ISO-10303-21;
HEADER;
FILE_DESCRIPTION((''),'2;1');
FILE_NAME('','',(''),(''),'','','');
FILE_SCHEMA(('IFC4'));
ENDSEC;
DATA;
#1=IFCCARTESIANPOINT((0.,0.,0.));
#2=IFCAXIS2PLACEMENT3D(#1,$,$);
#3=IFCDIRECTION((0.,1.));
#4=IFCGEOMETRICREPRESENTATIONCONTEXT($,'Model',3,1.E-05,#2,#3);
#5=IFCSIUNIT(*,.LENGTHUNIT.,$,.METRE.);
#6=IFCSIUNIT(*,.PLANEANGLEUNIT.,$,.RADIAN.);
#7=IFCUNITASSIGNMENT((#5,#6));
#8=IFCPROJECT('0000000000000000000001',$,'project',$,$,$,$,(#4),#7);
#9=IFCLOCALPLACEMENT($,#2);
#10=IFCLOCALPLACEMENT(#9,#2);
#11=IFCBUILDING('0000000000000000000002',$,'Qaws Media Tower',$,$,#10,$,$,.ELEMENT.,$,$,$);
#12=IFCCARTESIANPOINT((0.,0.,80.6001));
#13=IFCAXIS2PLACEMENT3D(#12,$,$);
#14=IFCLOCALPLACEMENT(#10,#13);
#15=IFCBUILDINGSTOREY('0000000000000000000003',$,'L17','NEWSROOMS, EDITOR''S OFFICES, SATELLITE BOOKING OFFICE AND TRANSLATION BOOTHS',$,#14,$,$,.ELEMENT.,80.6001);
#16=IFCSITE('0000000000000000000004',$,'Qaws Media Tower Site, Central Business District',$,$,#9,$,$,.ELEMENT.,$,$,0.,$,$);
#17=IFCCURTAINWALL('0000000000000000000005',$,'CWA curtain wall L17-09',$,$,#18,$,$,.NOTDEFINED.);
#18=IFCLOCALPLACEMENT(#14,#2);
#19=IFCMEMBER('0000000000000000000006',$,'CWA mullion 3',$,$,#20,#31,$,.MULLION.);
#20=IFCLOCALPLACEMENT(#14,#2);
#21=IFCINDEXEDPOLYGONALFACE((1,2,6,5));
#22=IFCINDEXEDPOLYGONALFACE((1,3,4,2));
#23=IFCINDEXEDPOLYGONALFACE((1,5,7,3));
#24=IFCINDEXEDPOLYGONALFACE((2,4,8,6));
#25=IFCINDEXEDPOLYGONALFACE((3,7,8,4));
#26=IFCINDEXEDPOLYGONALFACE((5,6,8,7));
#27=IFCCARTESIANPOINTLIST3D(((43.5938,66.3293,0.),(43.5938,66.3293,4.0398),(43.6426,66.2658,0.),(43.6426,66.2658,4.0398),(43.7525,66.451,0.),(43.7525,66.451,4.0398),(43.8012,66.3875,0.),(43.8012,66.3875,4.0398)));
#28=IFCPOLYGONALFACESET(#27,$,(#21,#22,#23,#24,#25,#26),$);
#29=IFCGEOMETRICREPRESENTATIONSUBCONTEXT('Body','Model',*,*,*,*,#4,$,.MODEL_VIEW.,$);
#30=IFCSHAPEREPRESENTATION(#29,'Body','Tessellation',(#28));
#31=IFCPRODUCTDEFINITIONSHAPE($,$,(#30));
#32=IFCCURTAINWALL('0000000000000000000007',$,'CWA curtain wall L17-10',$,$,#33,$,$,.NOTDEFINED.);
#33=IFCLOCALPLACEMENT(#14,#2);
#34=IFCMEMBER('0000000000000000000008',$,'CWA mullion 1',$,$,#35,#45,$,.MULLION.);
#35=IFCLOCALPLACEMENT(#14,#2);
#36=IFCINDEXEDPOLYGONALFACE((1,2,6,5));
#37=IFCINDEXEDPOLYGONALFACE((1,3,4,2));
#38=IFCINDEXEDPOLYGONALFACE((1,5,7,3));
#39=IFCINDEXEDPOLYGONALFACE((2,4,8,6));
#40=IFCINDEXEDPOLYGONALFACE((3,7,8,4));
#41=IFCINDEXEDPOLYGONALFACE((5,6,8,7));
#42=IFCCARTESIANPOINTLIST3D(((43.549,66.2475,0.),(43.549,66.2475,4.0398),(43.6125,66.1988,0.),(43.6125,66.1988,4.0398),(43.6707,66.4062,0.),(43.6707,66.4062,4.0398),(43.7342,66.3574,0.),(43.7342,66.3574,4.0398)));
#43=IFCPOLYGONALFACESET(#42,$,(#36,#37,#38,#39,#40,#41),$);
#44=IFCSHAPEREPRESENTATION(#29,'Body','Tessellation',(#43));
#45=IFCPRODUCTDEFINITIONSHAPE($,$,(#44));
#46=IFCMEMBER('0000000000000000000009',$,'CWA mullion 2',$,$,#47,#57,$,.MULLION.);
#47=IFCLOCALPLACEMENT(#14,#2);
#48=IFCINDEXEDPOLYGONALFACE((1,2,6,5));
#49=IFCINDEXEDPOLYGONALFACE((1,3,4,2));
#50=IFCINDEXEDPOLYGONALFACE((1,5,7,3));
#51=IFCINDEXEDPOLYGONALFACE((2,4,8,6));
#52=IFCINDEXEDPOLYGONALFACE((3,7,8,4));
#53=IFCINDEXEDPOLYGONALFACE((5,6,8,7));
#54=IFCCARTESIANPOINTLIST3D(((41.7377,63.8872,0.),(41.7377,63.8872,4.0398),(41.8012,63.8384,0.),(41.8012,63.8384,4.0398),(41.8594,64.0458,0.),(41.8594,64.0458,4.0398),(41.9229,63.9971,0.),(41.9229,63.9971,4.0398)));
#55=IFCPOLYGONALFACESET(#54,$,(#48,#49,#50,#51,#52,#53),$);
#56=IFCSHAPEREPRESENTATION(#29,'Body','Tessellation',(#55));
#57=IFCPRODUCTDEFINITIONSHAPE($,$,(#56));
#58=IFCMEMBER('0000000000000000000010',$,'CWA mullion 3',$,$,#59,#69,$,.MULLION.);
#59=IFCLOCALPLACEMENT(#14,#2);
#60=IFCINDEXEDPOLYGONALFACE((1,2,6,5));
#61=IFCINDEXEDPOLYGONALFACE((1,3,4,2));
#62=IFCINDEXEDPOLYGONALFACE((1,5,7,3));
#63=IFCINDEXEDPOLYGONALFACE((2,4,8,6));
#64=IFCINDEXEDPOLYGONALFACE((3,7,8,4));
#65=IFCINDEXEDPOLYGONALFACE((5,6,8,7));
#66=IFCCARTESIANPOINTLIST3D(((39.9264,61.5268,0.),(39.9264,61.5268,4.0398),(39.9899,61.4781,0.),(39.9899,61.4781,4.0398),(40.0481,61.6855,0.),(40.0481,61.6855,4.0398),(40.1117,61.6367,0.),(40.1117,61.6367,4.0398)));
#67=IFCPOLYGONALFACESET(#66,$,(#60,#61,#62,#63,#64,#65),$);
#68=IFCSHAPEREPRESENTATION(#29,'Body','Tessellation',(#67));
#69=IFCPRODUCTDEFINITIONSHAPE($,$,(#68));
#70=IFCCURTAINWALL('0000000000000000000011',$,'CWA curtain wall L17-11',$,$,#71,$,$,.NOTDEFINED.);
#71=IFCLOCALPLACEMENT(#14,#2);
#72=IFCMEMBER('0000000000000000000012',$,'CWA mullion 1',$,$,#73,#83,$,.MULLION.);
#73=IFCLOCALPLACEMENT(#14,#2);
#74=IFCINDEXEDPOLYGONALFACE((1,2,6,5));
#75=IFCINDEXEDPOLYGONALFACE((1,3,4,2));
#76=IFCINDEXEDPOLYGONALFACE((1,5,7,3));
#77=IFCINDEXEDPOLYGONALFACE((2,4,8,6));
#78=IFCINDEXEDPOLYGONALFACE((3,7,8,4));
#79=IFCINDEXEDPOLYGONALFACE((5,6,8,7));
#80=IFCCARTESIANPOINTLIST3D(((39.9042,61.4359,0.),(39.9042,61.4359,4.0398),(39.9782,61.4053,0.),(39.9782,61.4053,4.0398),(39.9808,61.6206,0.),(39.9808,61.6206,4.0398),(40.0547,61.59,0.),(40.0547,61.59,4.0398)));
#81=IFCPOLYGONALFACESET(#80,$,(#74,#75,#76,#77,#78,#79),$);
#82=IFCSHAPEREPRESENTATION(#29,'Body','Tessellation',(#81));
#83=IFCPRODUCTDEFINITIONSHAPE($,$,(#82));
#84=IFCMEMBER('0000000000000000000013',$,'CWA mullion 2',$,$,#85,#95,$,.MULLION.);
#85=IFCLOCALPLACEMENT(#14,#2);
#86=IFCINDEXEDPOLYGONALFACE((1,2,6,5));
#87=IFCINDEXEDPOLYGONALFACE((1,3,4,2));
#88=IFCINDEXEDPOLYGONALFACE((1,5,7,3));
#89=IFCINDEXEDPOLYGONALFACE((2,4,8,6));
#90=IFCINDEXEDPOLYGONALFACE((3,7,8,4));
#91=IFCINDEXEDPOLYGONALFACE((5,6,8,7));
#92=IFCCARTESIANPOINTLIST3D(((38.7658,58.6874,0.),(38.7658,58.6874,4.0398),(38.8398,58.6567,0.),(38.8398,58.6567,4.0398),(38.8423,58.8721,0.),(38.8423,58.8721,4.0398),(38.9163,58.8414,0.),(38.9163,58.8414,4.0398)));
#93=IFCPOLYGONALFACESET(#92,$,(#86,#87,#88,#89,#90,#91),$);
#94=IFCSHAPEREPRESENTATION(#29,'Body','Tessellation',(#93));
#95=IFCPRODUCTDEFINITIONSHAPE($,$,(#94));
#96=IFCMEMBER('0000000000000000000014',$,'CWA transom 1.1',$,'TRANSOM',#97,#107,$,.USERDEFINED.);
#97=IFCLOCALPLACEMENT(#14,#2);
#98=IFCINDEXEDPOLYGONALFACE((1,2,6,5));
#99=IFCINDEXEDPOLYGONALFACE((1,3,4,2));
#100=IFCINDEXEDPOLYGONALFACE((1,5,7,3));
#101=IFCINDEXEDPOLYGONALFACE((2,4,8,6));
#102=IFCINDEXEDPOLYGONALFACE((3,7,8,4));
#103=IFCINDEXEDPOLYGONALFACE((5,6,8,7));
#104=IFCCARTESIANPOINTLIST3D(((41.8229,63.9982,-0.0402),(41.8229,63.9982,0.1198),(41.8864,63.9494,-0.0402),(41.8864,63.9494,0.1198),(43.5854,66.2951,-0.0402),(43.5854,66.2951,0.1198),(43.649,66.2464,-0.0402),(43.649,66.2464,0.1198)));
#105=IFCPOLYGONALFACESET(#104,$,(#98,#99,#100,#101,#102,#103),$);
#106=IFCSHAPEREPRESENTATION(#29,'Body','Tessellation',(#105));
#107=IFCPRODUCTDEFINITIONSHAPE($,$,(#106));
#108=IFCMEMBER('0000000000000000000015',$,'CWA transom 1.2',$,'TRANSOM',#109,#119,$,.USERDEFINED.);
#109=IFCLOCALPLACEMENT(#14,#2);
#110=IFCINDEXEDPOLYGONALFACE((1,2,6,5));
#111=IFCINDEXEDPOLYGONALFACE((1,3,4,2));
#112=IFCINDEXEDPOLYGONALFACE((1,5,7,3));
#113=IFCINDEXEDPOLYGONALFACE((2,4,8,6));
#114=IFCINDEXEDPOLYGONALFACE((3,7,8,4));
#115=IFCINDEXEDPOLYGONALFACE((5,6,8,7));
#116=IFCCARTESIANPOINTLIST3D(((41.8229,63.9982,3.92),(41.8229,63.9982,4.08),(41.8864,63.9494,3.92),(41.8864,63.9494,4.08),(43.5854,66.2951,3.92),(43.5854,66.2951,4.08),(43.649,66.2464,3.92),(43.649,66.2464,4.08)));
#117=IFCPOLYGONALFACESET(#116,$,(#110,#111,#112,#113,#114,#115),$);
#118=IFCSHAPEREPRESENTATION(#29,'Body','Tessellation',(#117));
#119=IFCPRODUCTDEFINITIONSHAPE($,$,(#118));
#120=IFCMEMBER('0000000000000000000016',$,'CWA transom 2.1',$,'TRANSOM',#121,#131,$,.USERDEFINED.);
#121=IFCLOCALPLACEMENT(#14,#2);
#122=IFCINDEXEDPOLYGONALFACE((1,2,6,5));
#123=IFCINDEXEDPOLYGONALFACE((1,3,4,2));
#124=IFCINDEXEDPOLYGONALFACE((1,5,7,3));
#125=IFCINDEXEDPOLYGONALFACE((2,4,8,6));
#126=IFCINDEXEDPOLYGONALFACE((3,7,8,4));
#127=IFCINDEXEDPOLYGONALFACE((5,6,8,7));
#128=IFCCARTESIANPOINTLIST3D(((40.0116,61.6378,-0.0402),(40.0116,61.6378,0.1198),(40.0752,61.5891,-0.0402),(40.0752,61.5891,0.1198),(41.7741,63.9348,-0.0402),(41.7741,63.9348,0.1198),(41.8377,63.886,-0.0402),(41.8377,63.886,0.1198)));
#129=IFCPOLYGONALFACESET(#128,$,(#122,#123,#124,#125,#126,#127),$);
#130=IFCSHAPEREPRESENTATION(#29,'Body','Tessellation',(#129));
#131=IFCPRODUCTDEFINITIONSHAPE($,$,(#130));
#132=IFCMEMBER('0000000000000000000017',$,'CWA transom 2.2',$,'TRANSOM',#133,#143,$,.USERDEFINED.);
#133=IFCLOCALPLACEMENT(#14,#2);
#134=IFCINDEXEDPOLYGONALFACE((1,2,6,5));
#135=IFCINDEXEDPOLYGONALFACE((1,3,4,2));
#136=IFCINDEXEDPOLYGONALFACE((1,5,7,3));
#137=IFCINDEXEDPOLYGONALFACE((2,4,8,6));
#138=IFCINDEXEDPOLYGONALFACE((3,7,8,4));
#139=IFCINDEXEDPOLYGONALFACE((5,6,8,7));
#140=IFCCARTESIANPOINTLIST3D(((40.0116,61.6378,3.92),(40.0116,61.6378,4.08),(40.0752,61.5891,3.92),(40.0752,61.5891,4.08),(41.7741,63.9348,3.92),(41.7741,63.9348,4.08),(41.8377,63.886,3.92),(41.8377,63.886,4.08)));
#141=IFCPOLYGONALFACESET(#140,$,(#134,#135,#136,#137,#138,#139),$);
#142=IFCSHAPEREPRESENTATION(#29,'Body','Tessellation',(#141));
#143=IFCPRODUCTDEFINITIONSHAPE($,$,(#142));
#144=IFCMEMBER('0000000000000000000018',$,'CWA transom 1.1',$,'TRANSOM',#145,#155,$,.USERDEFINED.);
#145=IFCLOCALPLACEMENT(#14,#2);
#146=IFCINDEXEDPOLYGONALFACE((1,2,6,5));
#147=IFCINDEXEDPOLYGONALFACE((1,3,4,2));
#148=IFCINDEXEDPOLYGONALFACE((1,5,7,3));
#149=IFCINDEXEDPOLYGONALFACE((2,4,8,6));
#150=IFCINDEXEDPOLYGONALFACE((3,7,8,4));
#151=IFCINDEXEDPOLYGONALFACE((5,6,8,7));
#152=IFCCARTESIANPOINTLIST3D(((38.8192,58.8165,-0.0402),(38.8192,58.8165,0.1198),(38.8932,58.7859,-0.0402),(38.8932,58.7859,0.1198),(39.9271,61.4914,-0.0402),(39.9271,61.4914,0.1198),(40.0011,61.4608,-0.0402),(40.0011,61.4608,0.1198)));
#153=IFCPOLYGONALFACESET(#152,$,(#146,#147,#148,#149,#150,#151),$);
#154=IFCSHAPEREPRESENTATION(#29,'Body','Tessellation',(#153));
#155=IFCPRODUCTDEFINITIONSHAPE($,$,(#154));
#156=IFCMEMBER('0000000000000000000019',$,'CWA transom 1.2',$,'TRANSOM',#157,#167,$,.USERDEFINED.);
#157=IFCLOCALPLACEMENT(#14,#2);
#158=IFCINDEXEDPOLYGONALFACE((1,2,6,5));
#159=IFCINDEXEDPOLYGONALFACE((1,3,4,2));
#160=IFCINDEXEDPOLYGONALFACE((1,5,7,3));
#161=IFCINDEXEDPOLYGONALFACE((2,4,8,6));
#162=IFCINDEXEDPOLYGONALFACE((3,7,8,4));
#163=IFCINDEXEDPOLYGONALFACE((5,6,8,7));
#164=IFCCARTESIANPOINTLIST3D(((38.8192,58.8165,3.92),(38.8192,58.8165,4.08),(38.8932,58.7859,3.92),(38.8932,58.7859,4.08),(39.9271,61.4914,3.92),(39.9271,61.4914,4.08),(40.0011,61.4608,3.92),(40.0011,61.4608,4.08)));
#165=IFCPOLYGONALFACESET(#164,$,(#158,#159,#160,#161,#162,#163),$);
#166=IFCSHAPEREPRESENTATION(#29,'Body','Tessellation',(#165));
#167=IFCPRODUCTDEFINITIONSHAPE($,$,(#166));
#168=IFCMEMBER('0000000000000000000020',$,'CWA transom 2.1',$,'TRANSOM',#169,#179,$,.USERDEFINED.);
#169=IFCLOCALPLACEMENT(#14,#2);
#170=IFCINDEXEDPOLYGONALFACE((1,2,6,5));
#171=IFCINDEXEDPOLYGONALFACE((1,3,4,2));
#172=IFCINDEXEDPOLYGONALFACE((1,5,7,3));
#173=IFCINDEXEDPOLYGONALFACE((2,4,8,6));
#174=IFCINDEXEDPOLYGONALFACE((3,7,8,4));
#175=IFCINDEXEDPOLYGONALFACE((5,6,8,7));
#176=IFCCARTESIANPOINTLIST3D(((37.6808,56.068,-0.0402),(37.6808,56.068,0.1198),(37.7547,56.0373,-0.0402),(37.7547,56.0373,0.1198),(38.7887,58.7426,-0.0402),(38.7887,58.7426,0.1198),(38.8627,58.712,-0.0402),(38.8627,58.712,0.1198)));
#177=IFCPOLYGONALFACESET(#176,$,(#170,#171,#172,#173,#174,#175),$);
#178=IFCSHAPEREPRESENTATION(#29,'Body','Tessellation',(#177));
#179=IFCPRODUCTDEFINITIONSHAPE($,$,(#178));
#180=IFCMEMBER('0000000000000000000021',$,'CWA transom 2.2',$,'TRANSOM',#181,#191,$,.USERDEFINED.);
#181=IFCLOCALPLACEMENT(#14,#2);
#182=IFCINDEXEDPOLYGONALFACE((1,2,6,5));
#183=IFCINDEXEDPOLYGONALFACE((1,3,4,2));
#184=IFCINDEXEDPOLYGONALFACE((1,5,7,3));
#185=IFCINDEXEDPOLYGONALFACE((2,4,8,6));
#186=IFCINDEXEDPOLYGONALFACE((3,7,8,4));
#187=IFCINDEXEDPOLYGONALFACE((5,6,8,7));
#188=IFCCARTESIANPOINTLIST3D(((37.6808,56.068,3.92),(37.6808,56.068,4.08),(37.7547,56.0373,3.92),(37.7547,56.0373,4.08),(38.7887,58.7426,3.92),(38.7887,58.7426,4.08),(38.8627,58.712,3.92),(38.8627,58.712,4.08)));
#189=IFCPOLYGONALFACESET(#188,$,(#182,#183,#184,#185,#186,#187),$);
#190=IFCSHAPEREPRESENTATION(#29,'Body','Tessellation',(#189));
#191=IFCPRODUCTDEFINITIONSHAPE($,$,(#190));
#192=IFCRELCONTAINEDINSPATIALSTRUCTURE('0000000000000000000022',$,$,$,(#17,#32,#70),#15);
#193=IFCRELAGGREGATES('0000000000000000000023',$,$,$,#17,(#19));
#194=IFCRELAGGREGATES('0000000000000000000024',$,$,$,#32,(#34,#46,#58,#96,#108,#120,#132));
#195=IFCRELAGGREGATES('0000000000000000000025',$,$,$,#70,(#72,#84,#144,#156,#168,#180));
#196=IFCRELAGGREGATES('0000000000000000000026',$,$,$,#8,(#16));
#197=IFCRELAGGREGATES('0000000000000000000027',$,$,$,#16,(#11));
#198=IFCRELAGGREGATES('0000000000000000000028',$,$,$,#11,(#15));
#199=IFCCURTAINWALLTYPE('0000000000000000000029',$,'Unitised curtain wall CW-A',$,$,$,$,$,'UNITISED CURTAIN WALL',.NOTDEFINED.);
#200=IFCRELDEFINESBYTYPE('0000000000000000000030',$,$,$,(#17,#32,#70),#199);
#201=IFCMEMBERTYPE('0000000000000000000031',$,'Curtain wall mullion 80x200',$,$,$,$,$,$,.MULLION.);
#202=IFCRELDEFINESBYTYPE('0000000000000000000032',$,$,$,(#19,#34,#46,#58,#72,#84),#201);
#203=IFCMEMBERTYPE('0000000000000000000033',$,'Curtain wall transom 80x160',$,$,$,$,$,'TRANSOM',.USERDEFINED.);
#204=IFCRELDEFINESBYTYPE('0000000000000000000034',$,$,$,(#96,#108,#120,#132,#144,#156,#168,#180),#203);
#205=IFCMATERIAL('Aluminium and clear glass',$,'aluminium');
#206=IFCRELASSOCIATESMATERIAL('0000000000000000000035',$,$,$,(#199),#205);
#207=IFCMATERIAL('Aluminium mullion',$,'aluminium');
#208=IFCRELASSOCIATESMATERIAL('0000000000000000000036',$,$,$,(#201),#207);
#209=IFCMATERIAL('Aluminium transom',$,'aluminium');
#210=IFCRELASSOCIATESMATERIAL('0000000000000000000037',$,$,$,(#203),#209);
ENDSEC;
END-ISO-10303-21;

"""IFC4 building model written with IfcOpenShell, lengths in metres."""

from ifc_helpers import new_model, si_unit, direction, frame, origin, origin_2d, place, context, subcontext, project, spatial, rectangle, extrude, material, material_profile, profile_set, type_object, element, aggregate, save


model = new_model("IFC4")

# Units and contexts
model_context = context("Model", 3, precision=1e-05, world=origin(), true_north=direction((0.0, 1.0)))
body_context = subcontext(model_context, "Body", "Model", "MODEL_VIEW")
ifc_project = project(units=[si_unit("LENGTHUNIT", "METRE"), si_unit("PLANEANGLEUNIT", "RADIAN")], contexts=[model_context])

# Site, building, storey
site_placement = place(None, origin())
site = spatial("IfcSite", under=ifc_project, at=site_placement, Name="Qaws Media Tower Site, Central Business District", CompositionType="ELEMENT", RefElevation=0.0)
building_placement = place(site_placement, origin())
building = spatial("IfcBuilding", under=site, at=building_placement, Name="Qaws Media Tower", CompositionType="ELEMENT")
storey_placement = place(building_placement, frame((0.0, 0.0, 80.6001)))
storey = spatial("IfcBuildingStorey", under=building, at=storey_placement, Name="L17", Description="NEWSROOMS, EDITOR'S OFFICES, SATELLITE BOOKING OFFICE AND TRANSLATION BOOTHS", CompositionType="ELEMENT", Elevation=80.6001)

# Curtain wall, member
ifc_material_1 = material(Name="Aluminium and clear glass", Category="aluminium")
curtain_wall_type = type_object("IfcCurtainWallType", Name="Unitised curtain wall CW-A", ElementType="UNITISED CURTAIN WALL", PredefinedType="NOTDEFINED", material=ifc_material_1)
curtain_wall_1_placement = place(storey_placement, origin())
curtain_wall_1 = element("IfcCurtainWall", 1, at=curtain_wall_1_placement, inside=storey, type_object=curtain_wall_type, Name="CWA curtain wall L17-09", PredefinedType="NOTDEFINED")
ifc_material_2 = material(Name="Aluminium mullion", Category="aluminium")
ifc_material_profile_1 = material_profile(ifc_material_2, rectangle(XDim=0.0801, YDim=0.2, at=origin_2d()), Name="80x200")
ifc_profile_set_1 = profile_set([ifc_material_profile_1], Name="Aluminium mullion")
member_type_1 = type_object("IfcMemberType", Name="Curtain wall mullion 80x200", PredefinedType="MULLION", material=ifc_profile_set_1)
member_1_placement = place(storey_placement, frame((43.6975, 66.3584, 0.0), z_axis=(0.0, 0.0, 1.0), x_axis=(0.608761, -0.793353, 0.0)))
member_1 = element("IfcMember", 2, at=member_1_placement, type_object=member_type_1, Name="CWA mullion 3", PredefinedType="MULLION", context=body_context, shape_type="SweptSolid", body=[
    extrude(rectangle(XDim=0.0801, YDim=0.2, at=origin_2d()), origin(), (0.0, 0.0, 1.0), 4.0398),
])

# Curtain walls, members
curtain_wall_2_placement = place(storey_placement, origin())
curtain_wall_2 = element("IfcCurtainWall", 3, at=curtain_wall_2_placement, inside=storey, type_object=curtain_wall_type, Name="CWA curtain wall L17-10", PredefinedType="NOTDEFINED")
member_2_placement = place(storey_placement, frame((43.6416, 66.3025, 0.0), z_axis=(0.0, 0.0, 1.0), x_axis=(0.793353, -0.608761, 0.0)))
member_2 = element("IfcMember", 4, at=member_2_placement, type_object=member_type_1, Name="CWA mullion 1", PredefinedType="MULLION", context=body_context, shape_type="SweptSolid", body=[
    extrude(rectangle(XDim=0.0801, YDim=0.2, at=origin_2d()), origin(), (0.0, 0.0, 1.0), 4.0398),
])
member_3_placement = place(storey_placement, frame((41.8303, 63.9421, 0.0), z_axis=(0.0, 0.0, 1.0), x_axis=(0.793353, -0.608761, 0.0)))
member_3 = element("IfcMember", 5, at=member_3_placement, type_object=member_type_1, Name="CWA mullion 2", PredefinedType="MULLION", context=body_context, shape_type="SweptSolid", body=[
    extrude(rectangle(XDim=0.0801, YDim=0.2, at=origin_2d()), origin(), (0.0, 0.0, 1.0), 4.0398),
])
member_4_placement = place(storey_placement, frame((40.019, 61.5818, 0.0), z_axis=(0.0, 0.0, 1.0), x_axis=(0.793353, -0.608761, 0.0)))
member_4 = element("IfcMember", 6, at=member_4_placement, type_object=member_type_1, Name="CWA mullion 3", PredefinedType="MULLION", context=body_context, shape_type="SweptSolid", body=[
    extrude(rectangle(XDim=0.0801, YDim=0.2, at=origin_2d()), origin(), (0.0, 0.0, 1.0), 4.0398),
])
curtain_wall_3_placement = place(storey_placement, origin())
curtain_wall_3 = element("IfcCurtainWall", 7, at=curtain_wall_3_placement, inside=storey, type_object=curtain_wall_type, Name="CWA curtain wall L17-11", PredefinedType="NOTDEFINED")
member_5_placement = place(storey_placement, frame((39.9795, 61.5129, 0.0), z_axis=(0.0, 0.0, 1.0), x_axis=(0.92388, -0.382683, 0.0)))
member_5 = element("IfcMember", 8, at=member_5_placement, type_object=member_type_1, Name="CWA mullion 1", PredefinedType="MULLION", context=body_context, shape_type="SweptSolid", body=[
    extrude(rectangle(XDim=0.0801, YDim=0.2, at=origin_2d()), origin(), (0.0, 0.0, 1.0), 4.0398),
])
member_6_placement = place(storey_placement, frame((38.8411, 58.7644, 0.0), z_axis=(0.0, 0.0, 1.0), x_axis=(0.92388, -0.382683, 0.0)))
member_6 = element("IfcMember", 9, at=member_6_placement, type_object=member_type_1, Name="CWA mullion 2", PredefinedType="MULLION", context=body_context, shape_type="SweptSolid", body=[
    extrude(rectangle(XDim=0.0801, YDim=0.2, at=origin_2d()), origin(), (0.0, 0.0, 1.0), 4.0398),
])

# Members
ifc_material_3 = material(Name="Aluminium transom", Category="aluminium")
ifc_material_profile_2 = material_profile(ifc_material_3, rectangle(XDim=0.0801, YDim=0.1599, at=origin_2d()), Name="80x160")
ifc_profile_set_2 = profile_set([ifc_material_profile_2], Name="Aluminium transom")
member_type_2 = type_object("IfcMemberType", Name="Curtain wall transom 80x160", ElementType="TRANSOM", PredefinedType="USERDEFINED", material=ifc_profile_set_2)
member_7_placement = place(storey_placement, frame((43.6172, 66.2708, 0.0398), z_axis=(-0.608761, -0.793354, 0.0), x_axis=(0.793354, -0.608761, 0.0)))
member_7 = element("IfcMember", 10, at=member_7_placement, type_object=member_type_2, Name="CWA transom 1.1", ObjectType="TRANSOM", PredefinedType="USERDEFINED", context=body_context, shape_type="SweptSolid", body=[
    extrude(rectangle(XDim=0.0801, YDim=0.1599, at=origin_2d()), origin(), (0.0, 0.0, 1.0), 2.8953),
])
member_8_placement = place(storey_placement, frame((43.6172, 66.2708, 4.0), z_axis=(-0.608761, -0.793354, 0.0), x_axis=(0.793354, -0.608761, 0.0)))
member_8 = element("IfcMember", 11, at=member_8_placement, type_object=member_type_2, Name="CWA transom 1.2", ObjectType="TRANSOM", PredefinedType="USERDEFINED", context=body_context, shape_type="SweptSolid", body=[
    extrude(rectangle(XDim=0.0801, YDim=0.1599, at=origin_2d()), origin(), (0.0, 0.0, 1.0), 2.8953),
])
member_9_placement = place(storey_placement, frame((41.8059, 63.9104, 0.0398), z_axis=(-0.608761, -0.793354, 0.0), x_axis=(0.793354, -0.608761, 0.0)))
member_9 = element("IfcMember", 12, at=member_9_placement, type_object=member_type_2, Name="CWA transom 2.1", ObjectType="TRANSOM", PredefinedType="USERDEFINED", context=body_context, shape_type="SweptSolid", body=[
    extrude(rectangle(XDim=0.0801, YDim=0.1599, at=origin_2d()), origin(), (0.0, 0.0, 1.0), 2.8953),
])
member_10_placement = place(storey_placement, frame((41.8059, 63.9104, 4.0), z_axis=(-0.608761, -0.793354, 0.0), x_axis=(0.793354, -0.608761, 0.0)))
member_10 = element("IfcMember", 13, at=member_10_placement, type_object=member_type_2, Name="CWA transom 2.2", ObjectType="TRANSOM", PredefinedType="USERDEFINED", context=body_context, shape_type="SweptSolid", body=[
    extrude(rectangle(XDim=0.0801, YDim=0.1599, at=origin_2d()), origin(), (0.0, 0.0, 1.0), 2.8953),
])
member_11_placement = place(storey_placement, frame((39.9641, 61.4761, 0.0398), z_axis=(-0.382675, -0.923883, 0.0), x_axis=(0.923883, -0.382675, 0.0)))
member_11 = element("IfcMember", 14, at=member_11_placement, type_object=member_type_2, Name="CWA transom 1.1", ObjectType="TRANSOM", PredefinedType="USERDEFINED", context=body_context, shape_type="SweptSolid", body=[
    extrude(rectangle(XDim=0.0801, YDim=0.1599, at=origin_2d()), origin(), (0.0, 0.0, 1.0), 2.8953),
])
member_12_placement = place(storey_placement, frame((39.9641, 61.4761, 4.0), z_axis=(-0.382675, -0.923883, 0.0), x_axis=(0.923883, -0.382675, 0.0)))
member_12 = element("IfcMember", 15, at=member_12_placement, type_object=member_type_2, Name="CWA transom 1.2", ObjectType="TRANSOM", PredefinedType="USERDEFINED", context=body_context, shape_type="SweptSolid", body=[
    extrude(rectangle(XDim=0.0801, YDim=0.1599, at=origin_2d()), origin(), (0.0, 0.0, 1.0), 2.8953),
])
member_13_placement = place(storey_placement, frame((38.8257, 58.7273, 0.0398), z_axis=(-0.382704, -0.923871, 0.0), x_axis=(0.923871, -0.382704, 0.0)))
member_13 = element("IfcMember", 16, at=member_13_placement, type_object=member_type_2, Name="CWA transom 2.1", ObjectType="TRANSOM", PredefinedType="USERDEFINED", context=body_context, shape_type="SweptSolid", body=[
    extrude(rectangle(XDim=0.0801, YDim=0.1599, at=origin_2d()), origin(), (0.0, 0.0, 1.0), 2.895),
])
member_14_placement = place(storey_placement, frame((38.8257, 58.7273, 4.0), z_axis=(-0.382704, -0.923871, 0.0), x_axis=(0.923871, -0.382704, 0.0)))
member_14 = element("IfcMember", 17, at=member_14_placement, type_object=member_type_2, Name="CWA transom 2.2", ObjectType="TRANSOM", PredefinedType="USERDEFINED", context=body_context, shape_type="SweptSolid", body=[
    extrude(rectangle(XDim=0.0801, YDim=0.1599, at=origin_2d()), origin(), (0.0, 0.0, 1.0), 2.895),
])

aggregate(curtain_wall_1, [member_1])
aggregate(curtain_wall_2, [member_2, member_3, member_4, member_7, member_8, member_9, member_10])
aggregate(curtain_wall_3, [member_5, member_6, member_11, member_12, member_13, member_14])

save(model, "model.ifc")
